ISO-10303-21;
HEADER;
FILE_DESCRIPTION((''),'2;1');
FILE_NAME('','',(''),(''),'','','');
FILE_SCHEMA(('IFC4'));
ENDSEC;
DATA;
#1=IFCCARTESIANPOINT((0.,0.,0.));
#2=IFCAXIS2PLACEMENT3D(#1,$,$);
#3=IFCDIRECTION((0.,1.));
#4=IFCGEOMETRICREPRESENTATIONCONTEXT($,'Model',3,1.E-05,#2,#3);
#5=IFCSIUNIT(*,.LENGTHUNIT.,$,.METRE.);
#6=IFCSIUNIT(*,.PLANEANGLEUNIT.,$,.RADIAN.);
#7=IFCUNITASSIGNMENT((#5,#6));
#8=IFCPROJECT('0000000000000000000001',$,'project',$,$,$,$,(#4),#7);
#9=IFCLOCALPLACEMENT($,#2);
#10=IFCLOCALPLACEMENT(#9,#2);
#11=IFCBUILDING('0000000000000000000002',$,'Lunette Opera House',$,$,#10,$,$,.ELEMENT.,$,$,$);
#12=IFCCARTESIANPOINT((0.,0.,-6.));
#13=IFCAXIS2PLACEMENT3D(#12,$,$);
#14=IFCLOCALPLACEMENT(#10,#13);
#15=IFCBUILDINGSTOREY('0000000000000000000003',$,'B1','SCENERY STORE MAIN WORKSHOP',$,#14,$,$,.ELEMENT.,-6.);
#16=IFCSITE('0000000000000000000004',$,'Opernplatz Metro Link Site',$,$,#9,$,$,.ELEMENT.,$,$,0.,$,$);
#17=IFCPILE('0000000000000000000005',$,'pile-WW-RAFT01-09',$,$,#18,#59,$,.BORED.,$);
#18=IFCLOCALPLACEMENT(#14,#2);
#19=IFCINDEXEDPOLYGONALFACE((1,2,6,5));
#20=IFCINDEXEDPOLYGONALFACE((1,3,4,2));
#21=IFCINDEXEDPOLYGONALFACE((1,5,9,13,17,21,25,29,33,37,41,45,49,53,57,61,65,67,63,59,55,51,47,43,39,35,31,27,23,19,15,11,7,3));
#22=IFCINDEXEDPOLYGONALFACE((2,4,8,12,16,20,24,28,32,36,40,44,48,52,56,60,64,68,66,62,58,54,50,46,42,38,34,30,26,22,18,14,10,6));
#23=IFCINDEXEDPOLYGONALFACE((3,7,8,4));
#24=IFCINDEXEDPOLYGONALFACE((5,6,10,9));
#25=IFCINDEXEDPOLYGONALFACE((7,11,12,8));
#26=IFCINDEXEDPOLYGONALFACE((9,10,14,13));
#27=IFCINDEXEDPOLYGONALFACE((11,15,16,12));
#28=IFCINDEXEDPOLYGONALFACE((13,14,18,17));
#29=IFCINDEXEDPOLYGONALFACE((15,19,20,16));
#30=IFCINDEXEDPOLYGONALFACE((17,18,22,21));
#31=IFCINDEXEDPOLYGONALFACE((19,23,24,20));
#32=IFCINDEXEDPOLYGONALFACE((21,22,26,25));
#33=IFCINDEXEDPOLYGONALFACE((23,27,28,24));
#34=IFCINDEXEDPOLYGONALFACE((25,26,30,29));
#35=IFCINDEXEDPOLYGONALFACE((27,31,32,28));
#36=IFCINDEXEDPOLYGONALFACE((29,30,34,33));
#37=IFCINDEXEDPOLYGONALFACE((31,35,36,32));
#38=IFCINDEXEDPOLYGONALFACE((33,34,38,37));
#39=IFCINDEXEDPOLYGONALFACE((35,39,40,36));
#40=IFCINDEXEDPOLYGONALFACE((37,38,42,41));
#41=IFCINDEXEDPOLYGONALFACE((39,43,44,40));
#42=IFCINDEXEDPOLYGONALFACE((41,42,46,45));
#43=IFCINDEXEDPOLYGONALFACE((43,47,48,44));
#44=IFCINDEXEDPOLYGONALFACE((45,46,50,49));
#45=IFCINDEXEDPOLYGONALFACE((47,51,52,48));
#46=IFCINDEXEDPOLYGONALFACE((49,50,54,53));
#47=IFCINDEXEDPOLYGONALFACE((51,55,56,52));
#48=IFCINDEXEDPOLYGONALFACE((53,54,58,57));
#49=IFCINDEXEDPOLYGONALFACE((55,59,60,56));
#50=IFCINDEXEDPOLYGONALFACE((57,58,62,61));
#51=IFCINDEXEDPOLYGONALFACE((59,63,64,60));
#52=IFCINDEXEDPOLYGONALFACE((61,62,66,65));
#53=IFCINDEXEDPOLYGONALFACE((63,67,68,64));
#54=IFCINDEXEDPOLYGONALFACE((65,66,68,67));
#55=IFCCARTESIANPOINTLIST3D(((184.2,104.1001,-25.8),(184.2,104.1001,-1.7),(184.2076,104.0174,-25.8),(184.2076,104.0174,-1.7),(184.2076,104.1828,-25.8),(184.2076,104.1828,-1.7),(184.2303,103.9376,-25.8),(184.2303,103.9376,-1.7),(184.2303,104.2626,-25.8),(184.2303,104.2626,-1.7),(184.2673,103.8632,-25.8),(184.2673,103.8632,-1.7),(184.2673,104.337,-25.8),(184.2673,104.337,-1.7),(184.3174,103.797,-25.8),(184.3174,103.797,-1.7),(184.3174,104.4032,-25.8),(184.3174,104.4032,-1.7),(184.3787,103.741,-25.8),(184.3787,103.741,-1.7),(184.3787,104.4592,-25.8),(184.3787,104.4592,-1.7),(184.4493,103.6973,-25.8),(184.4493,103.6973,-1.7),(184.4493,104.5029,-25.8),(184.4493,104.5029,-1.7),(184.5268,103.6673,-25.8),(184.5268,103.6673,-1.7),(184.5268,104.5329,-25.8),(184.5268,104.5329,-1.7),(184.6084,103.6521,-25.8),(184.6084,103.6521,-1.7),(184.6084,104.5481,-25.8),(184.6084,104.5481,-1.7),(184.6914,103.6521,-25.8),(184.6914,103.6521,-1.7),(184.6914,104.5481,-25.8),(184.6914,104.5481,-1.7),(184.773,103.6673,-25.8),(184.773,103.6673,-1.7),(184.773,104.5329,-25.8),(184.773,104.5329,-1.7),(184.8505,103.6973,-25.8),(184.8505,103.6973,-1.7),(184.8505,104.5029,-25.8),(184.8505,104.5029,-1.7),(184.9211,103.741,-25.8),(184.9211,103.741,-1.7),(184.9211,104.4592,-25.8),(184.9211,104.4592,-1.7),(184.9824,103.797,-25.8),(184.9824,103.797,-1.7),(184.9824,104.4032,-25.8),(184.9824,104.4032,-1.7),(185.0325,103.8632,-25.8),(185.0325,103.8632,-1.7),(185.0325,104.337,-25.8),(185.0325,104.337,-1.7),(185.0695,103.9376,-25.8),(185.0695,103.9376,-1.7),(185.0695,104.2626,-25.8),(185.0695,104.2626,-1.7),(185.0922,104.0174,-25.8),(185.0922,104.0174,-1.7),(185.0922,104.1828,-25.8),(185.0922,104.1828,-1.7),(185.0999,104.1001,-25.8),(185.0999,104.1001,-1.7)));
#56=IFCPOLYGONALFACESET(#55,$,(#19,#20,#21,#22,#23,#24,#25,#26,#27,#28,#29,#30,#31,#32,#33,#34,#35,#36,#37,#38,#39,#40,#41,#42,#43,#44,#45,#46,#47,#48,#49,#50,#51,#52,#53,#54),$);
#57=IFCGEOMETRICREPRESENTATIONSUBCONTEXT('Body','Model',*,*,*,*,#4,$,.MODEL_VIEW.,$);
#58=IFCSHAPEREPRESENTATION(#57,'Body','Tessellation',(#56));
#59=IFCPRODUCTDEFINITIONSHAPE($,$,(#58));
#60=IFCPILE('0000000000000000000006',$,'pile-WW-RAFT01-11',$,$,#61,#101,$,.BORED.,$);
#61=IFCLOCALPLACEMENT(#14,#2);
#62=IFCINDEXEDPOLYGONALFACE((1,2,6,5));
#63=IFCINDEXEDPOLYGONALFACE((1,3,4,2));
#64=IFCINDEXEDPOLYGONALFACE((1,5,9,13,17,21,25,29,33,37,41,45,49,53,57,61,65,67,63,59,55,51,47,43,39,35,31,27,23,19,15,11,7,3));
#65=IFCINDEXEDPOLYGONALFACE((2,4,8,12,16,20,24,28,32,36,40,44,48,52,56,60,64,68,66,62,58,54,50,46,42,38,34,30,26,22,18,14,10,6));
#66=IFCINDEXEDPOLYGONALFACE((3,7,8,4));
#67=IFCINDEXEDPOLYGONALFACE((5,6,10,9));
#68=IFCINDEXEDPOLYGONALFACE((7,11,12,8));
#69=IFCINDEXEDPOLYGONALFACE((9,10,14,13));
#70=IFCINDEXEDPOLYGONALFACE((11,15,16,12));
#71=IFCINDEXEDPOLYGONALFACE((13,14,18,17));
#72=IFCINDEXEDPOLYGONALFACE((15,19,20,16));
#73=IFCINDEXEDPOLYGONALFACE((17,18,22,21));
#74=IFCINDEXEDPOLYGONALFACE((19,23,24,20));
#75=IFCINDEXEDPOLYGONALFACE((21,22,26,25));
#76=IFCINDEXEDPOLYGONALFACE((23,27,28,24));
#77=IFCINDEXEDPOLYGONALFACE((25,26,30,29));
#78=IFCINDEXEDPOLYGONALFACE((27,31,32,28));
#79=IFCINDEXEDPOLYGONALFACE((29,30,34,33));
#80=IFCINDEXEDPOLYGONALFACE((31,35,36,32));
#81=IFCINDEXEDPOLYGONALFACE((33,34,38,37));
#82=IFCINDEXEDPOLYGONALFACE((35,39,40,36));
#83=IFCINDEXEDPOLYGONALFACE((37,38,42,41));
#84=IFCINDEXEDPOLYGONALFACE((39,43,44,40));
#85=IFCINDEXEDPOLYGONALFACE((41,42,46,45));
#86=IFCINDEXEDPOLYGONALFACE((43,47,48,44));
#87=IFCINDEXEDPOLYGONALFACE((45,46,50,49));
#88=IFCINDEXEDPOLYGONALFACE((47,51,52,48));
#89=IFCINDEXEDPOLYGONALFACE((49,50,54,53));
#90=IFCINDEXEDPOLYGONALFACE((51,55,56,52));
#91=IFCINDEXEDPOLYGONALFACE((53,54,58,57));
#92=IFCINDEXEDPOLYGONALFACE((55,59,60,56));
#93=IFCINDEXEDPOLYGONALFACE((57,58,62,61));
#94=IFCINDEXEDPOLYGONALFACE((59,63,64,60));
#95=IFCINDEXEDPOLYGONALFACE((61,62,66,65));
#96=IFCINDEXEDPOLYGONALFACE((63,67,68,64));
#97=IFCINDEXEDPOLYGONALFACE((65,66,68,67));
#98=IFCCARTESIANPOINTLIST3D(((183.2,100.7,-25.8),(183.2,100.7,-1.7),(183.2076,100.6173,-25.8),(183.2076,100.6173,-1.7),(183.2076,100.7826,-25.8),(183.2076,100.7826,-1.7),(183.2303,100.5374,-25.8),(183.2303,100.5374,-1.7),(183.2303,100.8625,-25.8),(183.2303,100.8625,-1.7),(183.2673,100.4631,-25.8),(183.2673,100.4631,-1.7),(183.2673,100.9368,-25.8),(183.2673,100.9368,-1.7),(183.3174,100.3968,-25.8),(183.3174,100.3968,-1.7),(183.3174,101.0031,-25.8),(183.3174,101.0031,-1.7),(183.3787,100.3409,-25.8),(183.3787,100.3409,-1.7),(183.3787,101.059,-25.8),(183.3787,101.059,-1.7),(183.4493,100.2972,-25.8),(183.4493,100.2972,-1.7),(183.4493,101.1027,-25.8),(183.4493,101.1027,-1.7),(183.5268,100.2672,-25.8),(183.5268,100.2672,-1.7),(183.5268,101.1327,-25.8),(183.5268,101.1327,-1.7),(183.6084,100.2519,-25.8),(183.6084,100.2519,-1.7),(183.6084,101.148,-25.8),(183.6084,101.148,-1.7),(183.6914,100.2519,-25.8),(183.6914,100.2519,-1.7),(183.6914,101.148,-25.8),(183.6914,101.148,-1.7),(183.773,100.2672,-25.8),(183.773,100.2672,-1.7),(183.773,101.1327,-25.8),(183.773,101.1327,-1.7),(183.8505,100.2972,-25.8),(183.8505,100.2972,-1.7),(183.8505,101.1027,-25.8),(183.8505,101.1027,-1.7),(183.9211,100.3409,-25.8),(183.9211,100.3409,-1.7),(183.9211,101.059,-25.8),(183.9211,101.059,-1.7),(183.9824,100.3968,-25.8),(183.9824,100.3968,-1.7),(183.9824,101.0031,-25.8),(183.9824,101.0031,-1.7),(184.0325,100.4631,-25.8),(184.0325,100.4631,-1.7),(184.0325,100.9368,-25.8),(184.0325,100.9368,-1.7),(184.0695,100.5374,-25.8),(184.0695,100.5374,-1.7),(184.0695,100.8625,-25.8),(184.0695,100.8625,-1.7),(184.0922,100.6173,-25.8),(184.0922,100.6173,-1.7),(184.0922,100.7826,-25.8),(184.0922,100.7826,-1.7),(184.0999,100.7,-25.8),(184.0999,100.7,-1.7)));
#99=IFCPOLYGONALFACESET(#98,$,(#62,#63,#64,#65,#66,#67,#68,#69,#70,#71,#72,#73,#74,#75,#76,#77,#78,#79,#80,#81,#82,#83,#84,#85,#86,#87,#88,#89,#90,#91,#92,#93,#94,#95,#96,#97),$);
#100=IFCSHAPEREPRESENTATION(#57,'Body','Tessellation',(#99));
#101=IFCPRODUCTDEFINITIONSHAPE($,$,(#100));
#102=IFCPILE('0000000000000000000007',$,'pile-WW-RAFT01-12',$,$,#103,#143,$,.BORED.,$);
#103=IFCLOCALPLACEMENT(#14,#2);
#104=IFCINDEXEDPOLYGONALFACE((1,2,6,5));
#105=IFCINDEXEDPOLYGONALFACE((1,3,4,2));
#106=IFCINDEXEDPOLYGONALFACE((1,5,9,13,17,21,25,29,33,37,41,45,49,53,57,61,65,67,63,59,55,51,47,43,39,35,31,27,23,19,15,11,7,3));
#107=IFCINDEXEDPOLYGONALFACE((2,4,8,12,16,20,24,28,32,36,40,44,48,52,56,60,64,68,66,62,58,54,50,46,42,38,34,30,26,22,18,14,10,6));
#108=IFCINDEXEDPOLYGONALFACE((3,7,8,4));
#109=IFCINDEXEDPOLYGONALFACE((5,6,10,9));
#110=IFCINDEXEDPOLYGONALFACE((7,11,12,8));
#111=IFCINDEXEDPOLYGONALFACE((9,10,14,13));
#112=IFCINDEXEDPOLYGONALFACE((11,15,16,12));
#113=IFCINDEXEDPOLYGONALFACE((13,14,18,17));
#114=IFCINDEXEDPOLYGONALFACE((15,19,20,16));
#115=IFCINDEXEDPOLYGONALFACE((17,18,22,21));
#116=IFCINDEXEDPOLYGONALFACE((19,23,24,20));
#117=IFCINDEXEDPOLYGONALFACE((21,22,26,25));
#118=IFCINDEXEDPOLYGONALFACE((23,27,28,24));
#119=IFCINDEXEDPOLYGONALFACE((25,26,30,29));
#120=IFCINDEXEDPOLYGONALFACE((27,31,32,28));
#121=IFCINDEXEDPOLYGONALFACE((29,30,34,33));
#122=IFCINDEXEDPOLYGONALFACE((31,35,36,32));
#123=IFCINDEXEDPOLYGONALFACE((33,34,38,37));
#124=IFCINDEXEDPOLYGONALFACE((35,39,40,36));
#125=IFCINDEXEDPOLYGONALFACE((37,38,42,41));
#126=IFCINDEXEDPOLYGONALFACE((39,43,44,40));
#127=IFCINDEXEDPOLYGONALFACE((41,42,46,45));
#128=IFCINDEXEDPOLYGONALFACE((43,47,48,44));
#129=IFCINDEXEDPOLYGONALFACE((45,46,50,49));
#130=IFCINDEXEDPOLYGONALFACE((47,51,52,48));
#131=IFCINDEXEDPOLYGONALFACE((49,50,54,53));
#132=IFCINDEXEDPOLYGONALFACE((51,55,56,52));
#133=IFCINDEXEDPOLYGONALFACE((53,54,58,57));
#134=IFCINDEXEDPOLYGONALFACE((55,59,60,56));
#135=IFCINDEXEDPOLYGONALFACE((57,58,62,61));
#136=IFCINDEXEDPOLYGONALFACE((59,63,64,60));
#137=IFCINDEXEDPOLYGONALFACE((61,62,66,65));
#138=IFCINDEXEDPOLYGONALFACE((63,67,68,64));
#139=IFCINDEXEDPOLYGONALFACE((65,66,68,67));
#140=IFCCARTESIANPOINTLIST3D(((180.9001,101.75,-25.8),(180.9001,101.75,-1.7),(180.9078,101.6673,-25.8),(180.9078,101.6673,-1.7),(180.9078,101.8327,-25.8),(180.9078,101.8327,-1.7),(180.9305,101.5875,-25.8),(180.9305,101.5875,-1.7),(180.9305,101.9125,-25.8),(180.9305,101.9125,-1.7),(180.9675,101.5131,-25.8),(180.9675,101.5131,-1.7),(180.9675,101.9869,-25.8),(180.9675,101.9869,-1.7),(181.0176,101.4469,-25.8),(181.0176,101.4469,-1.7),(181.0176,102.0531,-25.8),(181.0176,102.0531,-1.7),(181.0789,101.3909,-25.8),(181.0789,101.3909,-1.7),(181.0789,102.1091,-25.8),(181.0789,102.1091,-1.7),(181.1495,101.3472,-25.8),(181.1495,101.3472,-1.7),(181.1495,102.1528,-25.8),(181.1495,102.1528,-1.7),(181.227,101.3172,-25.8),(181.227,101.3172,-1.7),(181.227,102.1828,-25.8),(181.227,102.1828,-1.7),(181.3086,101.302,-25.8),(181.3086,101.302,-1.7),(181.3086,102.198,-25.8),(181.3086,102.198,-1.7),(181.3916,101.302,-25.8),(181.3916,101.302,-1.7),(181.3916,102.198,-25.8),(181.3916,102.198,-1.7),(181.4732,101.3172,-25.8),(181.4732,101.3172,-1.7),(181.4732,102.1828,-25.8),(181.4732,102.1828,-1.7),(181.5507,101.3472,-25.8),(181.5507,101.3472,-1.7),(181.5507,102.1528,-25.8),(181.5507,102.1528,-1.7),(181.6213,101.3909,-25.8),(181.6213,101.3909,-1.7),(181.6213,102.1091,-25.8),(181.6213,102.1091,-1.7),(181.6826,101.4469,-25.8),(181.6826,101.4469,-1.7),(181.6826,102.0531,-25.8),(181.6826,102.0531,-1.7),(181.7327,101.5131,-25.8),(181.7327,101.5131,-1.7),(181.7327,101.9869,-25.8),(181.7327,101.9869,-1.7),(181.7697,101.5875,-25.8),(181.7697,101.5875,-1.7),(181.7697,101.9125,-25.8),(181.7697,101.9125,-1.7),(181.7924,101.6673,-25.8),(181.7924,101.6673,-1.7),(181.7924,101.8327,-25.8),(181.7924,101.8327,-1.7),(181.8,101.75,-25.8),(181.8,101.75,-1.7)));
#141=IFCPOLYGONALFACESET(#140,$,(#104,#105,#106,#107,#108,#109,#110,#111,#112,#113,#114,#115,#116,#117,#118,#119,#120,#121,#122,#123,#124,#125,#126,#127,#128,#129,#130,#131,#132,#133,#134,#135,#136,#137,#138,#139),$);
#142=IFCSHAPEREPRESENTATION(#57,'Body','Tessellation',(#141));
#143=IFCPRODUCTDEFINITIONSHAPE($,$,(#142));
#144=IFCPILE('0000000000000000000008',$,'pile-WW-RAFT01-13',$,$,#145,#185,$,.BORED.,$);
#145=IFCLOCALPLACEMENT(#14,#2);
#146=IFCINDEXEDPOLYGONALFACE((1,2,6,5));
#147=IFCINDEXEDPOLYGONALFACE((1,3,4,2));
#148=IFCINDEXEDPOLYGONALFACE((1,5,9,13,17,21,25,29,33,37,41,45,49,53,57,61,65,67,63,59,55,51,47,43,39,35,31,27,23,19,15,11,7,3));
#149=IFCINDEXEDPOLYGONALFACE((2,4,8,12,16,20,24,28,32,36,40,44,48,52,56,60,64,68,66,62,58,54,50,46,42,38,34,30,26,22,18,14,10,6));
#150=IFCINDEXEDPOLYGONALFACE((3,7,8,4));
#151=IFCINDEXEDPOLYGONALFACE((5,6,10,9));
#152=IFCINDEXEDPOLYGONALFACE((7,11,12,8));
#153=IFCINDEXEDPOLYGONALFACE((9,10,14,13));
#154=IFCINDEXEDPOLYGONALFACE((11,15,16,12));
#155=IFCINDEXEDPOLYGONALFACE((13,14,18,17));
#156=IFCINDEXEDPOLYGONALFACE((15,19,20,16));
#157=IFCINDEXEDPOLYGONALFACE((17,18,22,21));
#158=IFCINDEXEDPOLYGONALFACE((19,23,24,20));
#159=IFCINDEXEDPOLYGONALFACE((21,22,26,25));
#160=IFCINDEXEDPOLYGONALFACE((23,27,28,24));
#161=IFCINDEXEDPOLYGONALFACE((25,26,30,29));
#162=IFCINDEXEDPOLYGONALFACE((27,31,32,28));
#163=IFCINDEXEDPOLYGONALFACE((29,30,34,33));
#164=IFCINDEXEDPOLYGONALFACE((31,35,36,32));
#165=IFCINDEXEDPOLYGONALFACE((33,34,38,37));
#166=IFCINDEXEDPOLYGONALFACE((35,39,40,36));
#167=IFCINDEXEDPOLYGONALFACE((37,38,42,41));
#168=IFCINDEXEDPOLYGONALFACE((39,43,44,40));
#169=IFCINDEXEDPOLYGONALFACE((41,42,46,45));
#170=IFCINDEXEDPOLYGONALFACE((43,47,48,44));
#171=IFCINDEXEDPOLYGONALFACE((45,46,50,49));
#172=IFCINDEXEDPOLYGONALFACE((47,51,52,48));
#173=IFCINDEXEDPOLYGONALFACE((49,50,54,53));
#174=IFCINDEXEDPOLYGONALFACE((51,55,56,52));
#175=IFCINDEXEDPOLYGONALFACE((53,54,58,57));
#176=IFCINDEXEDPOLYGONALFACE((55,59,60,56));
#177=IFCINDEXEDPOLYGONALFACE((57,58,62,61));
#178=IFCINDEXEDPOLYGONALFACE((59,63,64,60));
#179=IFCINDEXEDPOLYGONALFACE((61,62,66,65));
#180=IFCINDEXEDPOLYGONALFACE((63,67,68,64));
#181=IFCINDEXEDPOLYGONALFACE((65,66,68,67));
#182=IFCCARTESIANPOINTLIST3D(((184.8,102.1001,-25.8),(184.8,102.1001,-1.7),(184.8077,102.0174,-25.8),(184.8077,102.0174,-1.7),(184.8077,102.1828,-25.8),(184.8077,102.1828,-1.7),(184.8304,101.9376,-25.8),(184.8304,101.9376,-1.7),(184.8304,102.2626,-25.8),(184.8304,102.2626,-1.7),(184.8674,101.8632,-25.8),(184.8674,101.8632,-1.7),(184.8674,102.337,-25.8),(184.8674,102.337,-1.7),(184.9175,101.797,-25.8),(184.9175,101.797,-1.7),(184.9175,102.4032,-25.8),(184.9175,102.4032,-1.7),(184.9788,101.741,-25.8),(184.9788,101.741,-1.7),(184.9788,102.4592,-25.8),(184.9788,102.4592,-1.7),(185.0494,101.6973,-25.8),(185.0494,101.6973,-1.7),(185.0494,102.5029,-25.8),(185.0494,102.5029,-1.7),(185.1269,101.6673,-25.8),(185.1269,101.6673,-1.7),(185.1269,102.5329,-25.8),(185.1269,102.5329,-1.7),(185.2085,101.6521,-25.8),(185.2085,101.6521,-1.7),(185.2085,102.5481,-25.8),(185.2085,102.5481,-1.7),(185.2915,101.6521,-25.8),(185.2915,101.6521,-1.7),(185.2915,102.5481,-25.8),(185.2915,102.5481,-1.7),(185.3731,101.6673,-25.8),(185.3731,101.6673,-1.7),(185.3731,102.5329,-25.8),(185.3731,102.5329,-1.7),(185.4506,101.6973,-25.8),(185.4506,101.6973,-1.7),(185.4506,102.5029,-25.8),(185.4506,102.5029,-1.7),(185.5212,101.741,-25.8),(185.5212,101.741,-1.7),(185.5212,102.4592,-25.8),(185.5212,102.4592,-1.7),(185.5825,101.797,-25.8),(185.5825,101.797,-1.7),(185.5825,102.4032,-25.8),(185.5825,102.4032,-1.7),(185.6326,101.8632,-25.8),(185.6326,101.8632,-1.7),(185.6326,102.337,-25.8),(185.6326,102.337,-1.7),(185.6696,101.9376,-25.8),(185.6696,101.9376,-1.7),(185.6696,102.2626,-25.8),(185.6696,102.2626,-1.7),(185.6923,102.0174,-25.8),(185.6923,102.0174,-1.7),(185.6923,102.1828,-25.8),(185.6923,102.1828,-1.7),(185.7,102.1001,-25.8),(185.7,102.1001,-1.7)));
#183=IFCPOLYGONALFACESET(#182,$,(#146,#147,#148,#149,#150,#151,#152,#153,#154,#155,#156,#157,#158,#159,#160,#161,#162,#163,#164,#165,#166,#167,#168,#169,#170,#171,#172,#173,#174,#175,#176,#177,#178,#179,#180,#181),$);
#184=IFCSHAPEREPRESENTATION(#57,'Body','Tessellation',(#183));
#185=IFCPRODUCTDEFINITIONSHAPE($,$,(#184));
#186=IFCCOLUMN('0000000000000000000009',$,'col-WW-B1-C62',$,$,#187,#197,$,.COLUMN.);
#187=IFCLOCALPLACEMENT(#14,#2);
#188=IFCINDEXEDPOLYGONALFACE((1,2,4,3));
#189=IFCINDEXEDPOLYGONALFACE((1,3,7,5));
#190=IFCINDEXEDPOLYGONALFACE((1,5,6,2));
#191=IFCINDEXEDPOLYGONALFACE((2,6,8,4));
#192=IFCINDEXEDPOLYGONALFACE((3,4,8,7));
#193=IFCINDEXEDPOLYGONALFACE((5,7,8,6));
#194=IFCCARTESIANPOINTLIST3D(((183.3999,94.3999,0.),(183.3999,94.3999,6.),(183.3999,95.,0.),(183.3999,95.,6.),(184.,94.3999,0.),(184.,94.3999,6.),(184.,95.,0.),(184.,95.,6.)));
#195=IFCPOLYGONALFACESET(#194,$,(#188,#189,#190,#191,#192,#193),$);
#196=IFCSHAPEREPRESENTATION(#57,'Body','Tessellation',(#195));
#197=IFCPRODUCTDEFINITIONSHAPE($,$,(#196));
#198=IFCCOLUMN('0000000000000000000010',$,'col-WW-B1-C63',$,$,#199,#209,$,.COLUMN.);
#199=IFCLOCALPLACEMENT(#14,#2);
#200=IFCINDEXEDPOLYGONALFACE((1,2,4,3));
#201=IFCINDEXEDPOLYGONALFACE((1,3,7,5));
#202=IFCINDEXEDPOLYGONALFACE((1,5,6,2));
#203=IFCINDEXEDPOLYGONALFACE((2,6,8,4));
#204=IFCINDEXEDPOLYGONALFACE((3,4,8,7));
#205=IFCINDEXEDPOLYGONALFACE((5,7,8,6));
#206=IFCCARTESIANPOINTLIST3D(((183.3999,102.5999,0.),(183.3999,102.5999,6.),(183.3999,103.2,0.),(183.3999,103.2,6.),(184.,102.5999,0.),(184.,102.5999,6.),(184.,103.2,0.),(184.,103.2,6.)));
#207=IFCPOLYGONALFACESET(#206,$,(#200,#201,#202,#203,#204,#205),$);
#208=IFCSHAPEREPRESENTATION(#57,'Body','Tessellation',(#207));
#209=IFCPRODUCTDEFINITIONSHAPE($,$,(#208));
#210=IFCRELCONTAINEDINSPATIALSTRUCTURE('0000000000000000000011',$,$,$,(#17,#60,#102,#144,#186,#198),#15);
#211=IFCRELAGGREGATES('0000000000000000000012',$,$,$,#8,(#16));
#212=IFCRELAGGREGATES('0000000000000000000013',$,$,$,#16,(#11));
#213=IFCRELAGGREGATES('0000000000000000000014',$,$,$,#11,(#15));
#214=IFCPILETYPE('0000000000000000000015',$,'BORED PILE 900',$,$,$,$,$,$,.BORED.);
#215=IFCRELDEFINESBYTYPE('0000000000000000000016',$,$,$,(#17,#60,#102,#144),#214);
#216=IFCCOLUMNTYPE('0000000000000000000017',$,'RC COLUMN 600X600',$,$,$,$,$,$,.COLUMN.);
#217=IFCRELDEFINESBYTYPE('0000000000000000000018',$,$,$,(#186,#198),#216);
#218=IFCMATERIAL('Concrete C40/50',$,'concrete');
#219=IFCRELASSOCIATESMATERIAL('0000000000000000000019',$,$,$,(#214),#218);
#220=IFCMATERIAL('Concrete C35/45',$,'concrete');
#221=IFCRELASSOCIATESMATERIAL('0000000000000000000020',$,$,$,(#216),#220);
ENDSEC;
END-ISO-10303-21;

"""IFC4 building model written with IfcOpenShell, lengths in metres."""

from ifc_helpers import new_model, si_unit, direction, frame, origin, origin_2d, place, context, subcontext, project, spatial, rectangle, circle, extrude, material, material_profile, profile_set, type_object, element, save


model = new_model("IFC4")

# Units and contexts
model_context = context("Model", 3, precision=1e-05, world=origin(), true_north=direction((0.0, 1.0)))
body_context = subcontext(model_context, "Body", "Model", "MODEL_VIEW")
ifc_project = project(units=[si_unit("LENGTHUNIT", "METRE"), si_unit("PLANEANGLEUNIT", "RADIAN")], contexts=[model_context])

# Site, building, storey
site_placement = place(None, origin())
site = spatial("IfcSite", under=ifc_project, at=site_placement, Name="Opernplatz Metro Link Site", CompositionType="ELEMENT", RefElevation=0.0)
building_placement = place(site_placement, origin())
building = spatial("IfcBuilding", under=site, at=building_placement, Name="Lunette Opera House", CompositionType="ELEMENT")
storey_placement = place(building_placement, frame((0.0, 0.0, -6.0)))
storey = spatial("IfcBuildingStorey", under=building, at=storey_placement, Name="B1", Description="SCENERY STORE MAIN WORKSHOP", CompositionType="ELEMENT", Elevation=-6.0)

# Piles
ifc_material_1 = material(Name="Concrete C40/50", Category="concrete")
ifc_material_profile_1 = material_profile(ifc_material_1, circle(Radius=0.45, at=origin_2d()), Name="BORED PILE 900")
ifc_profile_set_1 = profile_set([ifc_material_profile_1], Name="Concrete C40/50")
pile_type = type_object("IfcPileType", Name="BORED PILE 900", PredefinedType="BORED", material=ifc_profile_set_1)
for number, where, z_axis, x_axis, name in (
    (1, (184.6499, 104.1001, -1.7), (0.0, 0.0, -1.0), (1.0, 0.0, 0.0), "pile-WW-RAFT01-09"),
    (2, (183.6499, 100.7, -1.7), (0.0, 0.0, -1.0), (1.0, 0.0, 0.0), "pile-WW-RAFT01-11"),
    (3, (181.3501, 101.75, -1.7), (0.0, 0.0, -1.0), (1.0, 0.0, 0.0), "pile-WW-RAFT01-12"),
    (4, (185.25, 102.1001, -1.7), (0.0, 0.0, -1.0), (1.0, 0.0, 0.0), "pile-WW-RAFT01-13"),
):
    element("IfcPile", number, at=place(storey_placement, frame(where, z_axis=z_axis, x_axis=x_axis)), inside=storey, type_object=pile_type, Name=name, PredefinedType="BORED", context=body_context, shape_type="SweptSolid", body=[
        extrude(circle(Radius=0.45, at=origin_2d()), origin(), (0.0, 0.0, 1.0), 24.1001),
    ])

# Columns
ifc_material_2 = material(Name="Concrete C35/45", Category="concrete")
ifc_material_profile_2 = material_profile(ifc_material_2, rectangle(XDim=0.6001, YDim=0.6001, at=origin_2d()), Name="RC COLUMN 600X600")
ifc_profile_set_2 = profile_set([ifc_material_profile_2], Name="Concrete C35/45")
column_type = type_object("IfcColumnType", Name="RC COLUMN 600X600", PredefinedType="COLUMN", material=ifc_profile_set_2)
for number, where, z_axis, x_axis, name in (
    (5, (183.7, 94.7, 0.0), (0.0, 0.0, 1.0), (1.0, 0.0, 0.0), "col-WW-B1-C62"),
    (6, (183.7, 102.8999, 0.0), (0.0, 0.0, 1.0), (1.0, 0.0, 0.0), "col-WW-B1-C63"),
):
    element("IfcColumn", number, at=place(storey_placement, frame(where, z_axis=z_axis, x_axis=x_axis)), inside=storey, type_object=column_type, Name=name, PredefinedType="COLUMN", context=body_context, shape_type="SweptSolid", body=[
        extrude(rectangle(XDim=0.6001, YDim=0.6001, at=origin_2d()), origin(), (0.0, 0.0, 1.0), 6.0),
    ])

save(model, "model.ifc")
